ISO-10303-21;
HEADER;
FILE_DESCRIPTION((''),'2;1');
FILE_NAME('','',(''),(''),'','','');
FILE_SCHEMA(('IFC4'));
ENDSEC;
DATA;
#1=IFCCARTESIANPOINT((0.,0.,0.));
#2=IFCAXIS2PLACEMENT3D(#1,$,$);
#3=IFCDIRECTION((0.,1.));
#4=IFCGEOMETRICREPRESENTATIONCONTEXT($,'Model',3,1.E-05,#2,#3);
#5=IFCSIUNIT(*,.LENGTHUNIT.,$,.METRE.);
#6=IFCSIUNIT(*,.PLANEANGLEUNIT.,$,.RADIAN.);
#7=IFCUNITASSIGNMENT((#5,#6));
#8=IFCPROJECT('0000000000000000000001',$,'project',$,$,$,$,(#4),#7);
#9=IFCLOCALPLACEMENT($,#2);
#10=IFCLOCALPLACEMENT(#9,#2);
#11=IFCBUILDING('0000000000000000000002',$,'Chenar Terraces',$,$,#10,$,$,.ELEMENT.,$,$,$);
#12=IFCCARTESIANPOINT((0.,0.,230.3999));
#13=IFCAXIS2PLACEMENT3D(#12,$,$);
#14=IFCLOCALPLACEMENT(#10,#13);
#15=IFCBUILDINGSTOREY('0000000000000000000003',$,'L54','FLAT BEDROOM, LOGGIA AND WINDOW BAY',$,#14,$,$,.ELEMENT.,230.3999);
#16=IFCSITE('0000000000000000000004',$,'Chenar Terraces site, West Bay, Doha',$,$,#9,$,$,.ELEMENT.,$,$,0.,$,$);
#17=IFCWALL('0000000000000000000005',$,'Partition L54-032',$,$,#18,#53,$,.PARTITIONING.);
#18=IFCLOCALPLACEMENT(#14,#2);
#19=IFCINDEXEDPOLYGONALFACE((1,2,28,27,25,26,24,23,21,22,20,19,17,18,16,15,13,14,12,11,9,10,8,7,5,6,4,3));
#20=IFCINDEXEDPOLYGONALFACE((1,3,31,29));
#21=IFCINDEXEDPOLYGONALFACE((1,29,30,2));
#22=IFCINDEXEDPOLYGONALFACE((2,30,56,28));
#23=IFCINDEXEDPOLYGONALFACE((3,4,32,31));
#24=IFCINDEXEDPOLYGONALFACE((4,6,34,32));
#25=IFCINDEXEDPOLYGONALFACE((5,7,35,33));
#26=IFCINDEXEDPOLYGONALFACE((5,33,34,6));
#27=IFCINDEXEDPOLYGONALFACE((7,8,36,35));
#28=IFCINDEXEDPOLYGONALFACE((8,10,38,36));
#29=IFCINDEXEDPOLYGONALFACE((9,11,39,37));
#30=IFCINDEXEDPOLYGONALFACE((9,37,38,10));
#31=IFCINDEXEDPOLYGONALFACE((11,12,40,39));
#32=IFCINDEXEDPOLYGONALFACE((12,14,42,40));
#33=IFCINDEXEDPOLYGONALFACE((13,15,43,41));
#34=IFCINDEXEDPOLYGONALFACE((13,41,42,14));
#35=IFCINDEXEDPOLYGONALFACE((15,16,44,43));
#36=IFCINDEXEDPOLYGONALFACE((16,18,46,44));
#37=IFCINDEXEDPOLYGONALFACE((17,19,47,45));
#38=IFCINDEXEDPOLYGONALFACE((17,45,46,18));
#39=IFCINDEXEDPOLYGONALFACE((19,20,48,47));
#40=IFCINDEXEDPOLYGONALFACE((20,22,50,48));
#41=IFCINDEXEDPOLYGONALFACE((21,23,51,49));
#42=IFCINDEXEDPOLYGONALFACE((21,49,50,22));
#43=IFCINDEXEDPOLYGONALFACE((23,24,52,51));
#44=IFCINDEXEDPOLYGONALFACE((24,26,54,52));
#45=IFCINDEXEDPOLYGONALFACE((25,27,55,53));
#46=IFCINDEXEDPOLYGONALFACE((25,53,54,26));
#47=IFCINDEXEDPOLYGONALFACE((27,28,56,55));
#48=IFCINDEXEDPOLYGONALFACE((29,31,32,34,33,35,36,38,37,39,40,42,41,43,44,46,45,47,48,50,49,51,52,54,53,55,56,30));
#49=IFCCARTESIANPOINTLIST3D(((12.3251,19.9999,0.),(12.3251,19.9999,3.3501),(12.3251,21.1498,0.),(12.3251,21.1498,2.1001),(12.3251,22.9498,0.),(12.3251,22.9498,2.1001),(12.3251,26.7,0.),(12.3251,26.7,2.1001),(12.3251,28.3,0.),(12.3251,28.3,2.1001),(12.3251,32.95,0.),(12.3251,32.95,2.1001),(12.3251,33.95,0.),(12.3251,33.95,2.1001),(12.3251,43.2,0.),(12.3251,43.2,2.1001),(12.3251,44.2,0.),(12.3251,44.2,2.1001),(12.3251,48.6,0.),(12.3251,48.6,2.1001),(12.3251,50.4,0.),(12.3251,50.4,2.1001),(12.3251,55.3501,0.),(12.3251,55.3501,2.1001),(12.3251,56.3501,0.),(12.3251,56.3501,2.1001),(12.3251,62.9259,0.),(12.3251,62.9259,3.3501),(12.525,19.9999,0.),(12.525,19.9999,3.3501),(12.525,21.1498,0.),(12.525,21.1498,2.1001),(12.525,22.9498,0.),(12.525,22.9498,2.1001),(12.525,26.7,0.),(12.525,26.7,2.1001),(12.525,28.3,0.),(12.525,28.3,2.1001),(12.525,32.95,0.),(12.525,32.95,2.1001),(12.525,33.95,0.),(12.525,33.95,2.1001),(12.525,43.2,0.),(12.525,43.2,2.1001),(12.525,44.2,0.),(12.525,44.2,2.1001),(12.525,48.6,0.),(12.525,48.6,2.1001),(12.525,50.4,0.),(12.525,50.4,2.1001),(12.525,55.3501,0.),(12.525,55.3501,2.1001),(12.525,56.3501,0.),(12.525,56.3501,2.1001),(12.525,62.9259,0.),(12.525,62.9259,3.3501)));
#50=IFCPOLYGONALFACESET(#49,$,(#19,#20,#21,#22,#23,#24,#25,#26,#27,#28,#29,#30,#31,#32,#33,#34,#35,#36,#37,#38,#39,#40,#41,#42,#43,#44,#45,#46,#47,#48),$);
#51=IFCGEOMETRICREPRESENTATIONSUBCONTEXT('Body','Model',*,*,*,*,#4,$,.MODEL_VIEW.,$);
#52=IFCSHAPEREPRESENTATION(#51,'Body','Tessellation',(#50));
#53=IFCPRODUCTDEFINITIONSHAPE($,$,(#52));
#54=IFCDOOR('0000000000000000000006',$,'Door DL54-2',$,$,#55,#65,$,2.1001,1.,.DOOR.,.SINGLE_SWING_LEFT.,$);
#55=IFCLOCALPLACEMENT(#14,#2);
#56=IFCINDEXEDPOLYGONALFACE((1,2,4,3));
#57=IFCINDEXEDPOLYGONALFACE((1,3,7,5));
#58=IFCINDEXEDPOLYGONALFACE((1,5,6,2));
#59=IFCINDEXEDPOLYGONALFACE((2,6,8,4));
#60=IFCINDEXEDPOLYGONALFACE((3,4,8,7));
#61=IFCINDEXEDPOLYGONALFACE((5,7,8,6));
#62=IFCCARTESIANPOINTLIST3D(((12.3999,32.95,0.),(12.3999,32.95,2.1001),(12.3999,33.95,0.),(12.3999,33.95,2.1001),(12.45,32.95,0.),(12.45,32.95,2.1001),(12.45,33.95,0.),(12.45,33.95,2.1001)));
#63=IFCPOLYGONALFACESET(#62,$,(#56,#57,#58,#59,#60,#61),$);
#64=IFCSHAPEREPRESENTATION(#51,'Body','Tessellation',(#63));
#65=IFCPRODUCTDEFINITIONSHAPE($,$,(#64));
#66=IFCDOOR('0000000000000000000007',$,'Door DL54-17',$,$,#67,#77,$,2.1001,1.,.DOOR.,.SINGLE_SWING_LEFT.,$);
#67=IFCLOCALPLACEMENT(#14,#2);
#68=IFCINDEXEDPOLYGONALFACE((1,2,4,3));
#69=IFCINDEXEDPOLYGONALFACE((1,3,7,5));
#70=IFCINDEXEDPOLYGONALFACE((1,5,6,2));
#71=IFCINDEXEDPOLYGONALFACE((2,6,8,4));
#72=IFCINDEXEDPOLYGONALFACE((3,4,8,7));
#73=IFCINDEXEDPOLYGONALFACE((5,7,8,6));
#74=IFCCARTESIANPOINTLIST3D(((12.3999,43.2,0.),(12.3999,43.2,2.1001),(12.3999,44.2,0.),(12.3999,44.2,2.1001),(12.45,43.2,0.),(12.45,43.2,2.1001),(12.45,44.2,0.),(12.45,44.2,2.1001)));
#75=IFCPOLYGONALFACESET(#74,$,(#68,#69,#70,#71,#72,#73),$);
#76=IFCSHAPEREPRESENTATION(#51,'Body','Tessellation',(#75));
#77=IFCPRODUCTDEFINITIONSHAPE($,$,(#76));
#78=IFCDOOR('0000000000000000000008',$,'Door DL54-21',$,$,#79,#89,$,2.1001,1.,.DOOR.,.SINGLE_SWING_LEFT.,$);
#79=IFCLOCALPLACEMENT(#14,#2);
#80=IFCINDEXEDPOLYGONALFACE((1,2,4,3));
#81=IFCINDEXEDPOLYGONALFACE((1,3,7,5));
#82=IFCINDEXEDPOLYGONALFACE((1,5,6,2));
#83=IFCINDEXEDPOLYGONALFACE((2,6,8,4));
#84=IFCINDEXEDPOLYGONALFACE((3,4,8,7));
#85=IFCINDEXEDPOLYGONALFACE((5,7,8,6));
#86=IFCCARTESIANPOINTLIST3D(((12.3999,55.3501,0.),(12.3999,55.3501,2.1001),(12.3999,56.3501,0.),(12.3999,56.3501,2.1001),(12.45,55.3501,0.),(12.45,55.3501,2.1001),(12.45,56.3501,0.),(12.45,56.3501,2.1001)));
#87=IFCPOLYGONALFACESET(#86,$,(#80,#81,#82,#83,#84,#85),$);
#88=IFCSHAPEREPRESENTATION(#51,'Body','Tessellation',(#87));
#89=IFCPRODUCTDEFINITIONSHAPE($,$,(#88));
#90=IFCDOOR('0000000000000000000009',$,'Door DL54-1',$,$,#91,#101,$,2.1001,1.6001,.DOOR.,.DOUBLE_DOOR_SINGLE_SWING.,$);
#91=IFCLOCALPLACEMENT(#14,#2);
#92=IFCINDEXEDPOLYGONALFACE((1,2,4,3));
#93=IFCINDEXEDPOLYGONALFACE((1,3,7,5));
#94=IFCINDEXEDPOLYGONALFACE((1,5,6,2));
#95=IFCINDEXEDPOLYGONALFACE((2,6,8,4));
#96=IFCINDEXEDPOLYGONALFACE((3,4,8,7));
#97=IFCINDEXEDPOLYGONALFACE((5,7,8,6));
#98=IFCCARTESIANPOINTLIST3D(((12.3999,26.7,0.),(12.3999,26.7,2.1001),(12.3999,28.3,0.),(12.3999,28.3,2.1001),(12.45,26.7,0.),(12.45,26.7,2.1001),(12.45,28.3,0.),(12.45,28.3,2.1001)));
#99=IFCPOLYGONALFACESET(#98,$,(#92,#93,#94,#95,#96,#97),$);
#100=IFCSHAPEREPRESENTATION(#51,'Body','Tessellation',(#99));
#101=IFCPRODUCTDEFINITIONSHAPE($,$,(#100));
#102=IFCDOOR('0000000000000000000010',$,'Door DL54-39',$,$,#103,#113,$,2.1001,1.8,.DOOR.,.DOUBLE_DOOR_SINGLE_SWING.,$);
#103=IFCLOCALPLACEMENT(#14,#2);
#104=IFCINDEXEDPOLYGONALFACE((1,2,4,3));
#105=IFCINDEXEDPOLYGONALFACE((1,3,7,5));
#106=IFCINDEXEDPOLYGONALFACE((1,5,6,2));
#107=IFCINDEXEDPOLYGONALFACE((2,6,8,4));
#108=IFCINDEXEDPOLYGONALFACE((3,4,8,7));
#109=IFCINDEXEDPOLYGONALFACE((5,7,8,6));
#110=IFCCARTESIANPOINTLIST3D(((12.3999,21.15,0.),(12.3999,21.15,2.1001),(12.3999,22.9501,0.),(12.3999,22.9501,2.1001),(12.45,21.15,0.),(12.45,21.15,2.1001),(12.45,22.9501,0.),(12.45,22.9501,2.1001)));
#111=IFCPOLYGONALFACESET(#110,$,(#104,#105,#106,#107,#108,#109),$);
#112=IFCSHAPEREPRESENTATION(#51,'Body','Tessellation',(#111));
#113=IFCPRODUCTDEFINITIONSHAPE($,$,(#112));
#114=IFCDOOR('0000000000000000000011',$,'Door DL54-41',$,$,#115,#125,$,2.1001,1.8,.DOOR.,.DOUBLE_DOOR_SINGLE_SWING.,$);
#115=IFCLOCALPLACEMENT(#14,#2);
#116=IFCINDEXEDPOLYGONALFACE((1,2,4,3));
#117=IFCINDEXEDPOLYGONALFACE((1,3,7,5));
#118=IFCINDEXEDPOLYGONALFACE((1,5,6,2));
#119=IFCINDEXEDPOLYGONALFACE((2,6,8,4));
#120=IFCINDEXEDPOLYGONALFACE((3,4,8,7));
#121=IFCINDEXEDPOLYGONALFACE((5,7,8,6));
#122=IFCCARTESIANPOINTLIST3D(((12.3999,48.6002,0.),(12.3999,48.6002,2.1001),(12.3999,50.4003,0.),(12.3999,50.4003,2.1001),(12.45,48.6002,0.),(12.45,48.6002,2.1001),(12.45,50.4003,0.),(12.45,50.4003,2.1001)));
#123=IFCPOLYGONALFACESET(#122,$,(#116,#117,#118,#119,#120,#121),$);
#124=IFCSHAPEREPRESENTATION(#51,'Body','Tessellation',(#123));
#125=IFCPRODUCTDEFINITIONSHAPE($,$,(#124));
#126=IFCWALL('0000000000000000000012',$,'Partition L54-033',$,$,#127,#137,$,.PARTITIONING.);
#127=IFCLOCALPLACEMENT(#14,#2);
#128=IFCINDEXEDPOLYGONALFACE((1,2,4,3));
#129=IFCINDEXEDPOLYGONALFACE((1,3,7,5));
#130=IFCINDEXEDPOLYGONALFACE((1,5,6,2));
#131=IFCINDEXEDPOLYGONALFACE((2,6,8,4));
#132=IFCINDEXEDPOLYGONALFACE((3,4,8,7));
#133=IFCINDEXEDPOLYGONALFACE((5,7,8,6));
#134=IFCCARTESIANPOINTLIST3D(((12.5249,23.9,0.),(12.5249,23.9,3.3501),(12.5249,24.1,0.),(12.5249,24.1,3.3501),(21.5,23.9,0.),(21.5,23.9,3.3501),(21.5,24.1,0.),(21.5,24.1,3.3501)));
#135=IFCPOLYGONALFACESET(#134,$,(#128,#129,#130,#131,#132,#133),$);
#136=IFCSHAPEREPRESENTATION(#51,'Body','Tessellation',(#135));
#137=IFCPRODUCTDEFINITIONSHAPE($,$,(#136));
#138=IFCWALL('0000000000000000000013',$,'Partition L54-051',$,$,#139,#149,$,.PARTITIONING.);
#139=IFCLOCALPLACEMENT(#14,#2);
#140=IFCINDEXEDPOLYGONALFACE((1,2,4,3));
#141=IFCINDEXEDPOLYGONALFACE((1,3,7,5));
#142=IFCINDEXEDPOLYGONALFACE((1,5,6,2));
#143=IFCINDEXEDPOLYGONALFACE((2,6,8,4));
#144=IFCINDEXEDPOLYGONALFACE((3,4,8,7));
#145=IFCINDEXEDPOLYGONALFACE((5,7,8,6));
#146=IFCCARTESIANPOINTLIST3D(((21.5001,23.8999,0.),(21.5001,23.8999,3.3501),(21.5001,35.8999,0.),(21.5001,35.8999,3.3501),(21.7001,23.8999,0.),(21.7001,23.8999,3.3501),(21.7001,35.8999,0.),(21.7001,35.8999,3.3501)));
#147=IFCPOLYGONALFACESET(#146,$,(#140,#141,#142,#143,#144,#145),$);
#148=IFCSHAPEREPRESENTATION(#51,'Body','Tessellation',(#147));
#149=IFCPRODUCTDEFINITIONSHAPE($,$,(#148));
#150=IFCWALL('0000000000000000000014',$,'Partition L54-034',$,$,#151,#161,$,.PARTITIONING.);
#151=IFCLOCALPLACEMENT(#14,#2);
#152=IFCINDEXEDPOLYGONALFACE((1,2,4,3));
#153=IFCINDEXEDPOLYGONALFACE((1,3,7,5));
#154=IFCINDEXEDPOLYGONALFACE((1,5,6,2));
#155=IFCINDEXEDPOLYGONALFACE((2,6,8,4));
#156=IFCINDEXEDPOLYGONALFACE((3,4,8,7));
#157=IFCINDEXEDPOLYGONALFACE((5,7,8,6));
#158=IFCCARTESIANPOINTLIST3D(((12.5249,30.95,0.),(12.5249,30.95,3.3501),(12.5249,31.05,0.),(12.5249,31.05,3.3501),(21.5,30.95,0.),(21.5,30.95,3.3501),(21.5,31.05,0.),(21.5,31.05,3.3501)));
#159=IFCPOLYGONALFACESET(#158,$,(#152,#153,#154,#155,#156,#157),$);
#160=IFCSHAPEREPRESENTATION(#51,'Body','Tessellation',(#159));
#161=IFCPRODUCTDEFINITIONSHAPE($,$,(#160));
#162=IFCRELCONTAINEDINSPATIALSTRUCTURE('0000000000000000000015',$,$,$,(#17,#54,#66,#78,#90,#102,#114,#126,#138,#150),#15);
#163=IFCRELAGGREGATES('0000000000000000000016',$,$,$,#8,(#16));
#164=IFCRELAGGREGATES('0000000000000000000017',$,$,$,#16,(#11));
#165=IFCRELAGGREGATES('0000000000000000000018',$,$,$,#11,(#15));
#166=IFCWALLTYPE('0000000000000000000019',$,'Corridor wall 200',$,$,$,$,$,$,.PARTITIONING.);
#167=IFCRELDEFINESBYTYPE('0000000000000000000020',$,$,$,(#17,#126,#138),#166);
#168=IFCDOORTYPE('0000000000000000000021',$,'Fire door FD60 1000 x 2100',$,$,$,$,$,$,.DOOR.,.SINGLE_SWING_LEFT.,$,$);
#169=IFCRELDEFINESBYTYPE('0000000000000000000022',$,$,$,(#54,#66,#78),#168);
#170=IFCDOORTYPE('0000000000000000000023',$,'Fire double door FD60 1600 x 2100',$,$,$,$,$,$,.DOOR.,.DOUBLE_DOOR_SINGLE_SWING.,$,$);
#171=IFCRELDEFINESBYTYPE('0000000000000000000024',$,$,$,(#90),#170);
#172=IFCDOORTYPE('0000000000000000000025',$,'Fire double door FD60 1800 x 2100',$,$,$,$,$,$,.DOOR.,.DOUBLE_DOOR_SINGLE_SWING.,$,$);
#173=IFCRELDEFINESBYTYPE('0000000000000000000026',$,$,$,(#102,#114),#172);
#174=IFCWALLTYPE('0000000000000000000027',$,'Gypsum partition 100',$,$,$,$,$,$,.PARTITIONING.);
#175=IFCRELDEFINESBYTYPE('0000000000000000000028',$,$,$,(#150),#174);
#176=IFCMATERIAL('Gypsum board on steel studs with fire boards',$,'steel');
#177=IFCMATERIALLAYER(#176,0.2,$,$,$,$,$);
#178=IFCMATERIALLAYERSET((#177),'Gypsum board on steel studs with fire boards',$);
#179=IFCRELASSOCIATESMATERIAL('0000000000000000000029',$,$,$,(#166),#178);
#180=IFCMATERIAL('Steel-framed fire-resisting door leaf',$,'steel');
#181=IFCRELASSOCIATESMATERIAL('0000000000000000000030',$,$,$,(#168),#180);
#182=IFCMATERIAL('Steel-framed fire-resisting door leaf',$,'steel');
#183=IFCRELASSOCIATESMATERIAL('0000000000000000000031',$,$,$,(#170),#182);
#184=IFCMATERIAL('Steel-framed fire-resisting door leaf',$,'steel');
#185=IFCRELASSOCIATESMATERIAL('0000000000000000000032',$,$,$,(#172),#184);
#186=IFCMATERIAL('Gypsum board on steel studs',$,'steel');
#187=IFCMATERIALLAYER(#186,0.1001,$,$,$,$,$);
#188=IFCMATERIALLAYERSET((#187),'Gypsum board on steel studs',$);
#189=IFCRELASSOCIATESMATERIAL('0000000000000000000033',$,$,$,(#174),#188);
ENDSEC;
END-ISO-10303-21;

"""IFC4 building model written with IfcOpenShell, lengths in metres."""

from ifc_helpers import new_model, si_unit, direction, frame, frame_2d, origin, place, context, subcontext, project, spatial, rectangle, extrude, material, layer, layer_set, type_object, element, fill, save


model = new_model("IFC4")

# Units and contexts
model_context = context("Model", 3, precision=1e-05, world=origin(), true_north=direction((0.0, 1.0)))
body_context = subcontext(model_context, "Body", "Model", "MODEL_VIEW")
ifc_project = project(units=[si_unit("LENGTHUNIT", "METRE"), si_unit("PLANEANGLEUNIT", "RADIAN")], contexts=[model_context])

# Site, building, storey
site_placement = place(None, origin())
site = spatial("IfcSite", under=ifc_project, at=site_placement, Name="Chenar Terraces site, West Bay, Doha", CompositionType="ELEMENT", RefElevation=0.0)
building_placement = place(site_placement, origin())
building = spatial("IfcBuilding", under=site, at=building_placement, Name="Chenar Terraces", CompositionType="ELEMENT")
storey_placement = place(building_placement, frame((0.0, 0.0, 230.3999)))
storey = spatial("IfcBuildingStorey", under=building, at=storey_placement, Name="L54", Description="FLAT BEDROOM, LOGGIA AND WINDOW BAY", CompositionType="ELEMENT", Elevation=230.3999)

# Wall, openings, doors
ifc_material_1 = material(Name="Gypsum board on steel studs with fire boards", Category="steel")
ifc_layer_1 = layer(ifc_material_1, 0.2)
ifc_layer_set_1 = layer_set([ifc_layer_1], Name="Gypsum board on steel studs with fire boards")
wall_type_1 = type_object("IfcWallType", Name="Corridor wall 200", PredefinedType="PARTITIONING", material=ifc_layer_set_1)
wall_1_placement = place(storey_placement, frame((12.425, 20.0, 0.0), z_axis=(0.0, 0.0, 1.0), x_axis=(0.0, 1.0, 0.0)))
wall_1 = element("IfcWall", 1, at=wall_1_placement, inside=storey, type_object=wall_type_1, Name="Partition L54-032", PredefinedType="PARTITIONING", context=body_context, shape_type="SweptSolid", body=[
    extrude(rectangle(XDim=42.926, YDim=0.2, at=frame_2d((21.4629, 0.0))), origin(), (0.0, 0.0, 1.0), 3.3501),
])
opening_1_placement = place(wall_1_placement, frame((6.7, 0.0, 0.0)))
opening_1 = element("IfcOpeningElement", 2, at=opening_1_placement, cuts=wall_1, PredefinedType="OPENING", context=body_context, shape_type="SweptSolid", body=[
    extrude(rectangle(XDim=1.6001, YDim=2.1001, at=frame_2d((0.8, 1.05))), frame((0.0, 0.1099, 0.0), z_axis=(0.0, -1.0, 0.0), x_axis=(1.0, 0.0, 0.0)), (0.0, 0.0, 1.0), 0.22),
])
opening_2_placement = place(wall_1_placement, frame((12.95, 0.0, 0.0)))
opening_2 = element("IfcOpeningElement", 3, at=opening_2_placement, cuts=wall_1, PredefinedType="OPENING", context=body_context, shape_type="SweptSolid", body=[
    extrude(rectangle(XDim=1.0, YDim=2.1001, at=frame_2d((0.5, 1.05))), frame((0.0, 0.1099, 0.0), z_axis=(0.0, -1.0, 0.0), x_axis=(1.0, 0.0, 0.0)), (0.0, 0.0, 1.0), 0.22),
])
opening_3_placement = place(wall_1_placement, frame((23.2, 0.0, 0.0)))
opening_3 = element("IfcOpeningElement", 4, at=opening_3_placement, cuts=wall_1, PredefinedType="OPENING", context=body_context, shape_type="SweptSolid", body=[
    extrude(rectangle(XDim=1.0, YDim=2.1001, at=frame_2d((0.5, 1.05))), frame((0.0, 0.1099, 0.0), z_axis=(0.0, -1.0, 0.0), x_axis=(1.0, 0.0, 0.0)), (0.0, 0.0, 1.0), 0.22),
])
opening_4_placement = place(wall_1_placement, frame((35.3501, 0.0, 0.0)))
opening_4 = element("IfcOpeningElement", 5, at=opening_4_placement, cuts=wall_1, PredefinedType="OPENING", context=body_context, shape_type="SweptSolid", body=[
    extrude(rectangle(XDim=1.0, YDim=2.1001, at=frame_2d((0.5, 1.05))), frame((0.0, 0.1099, 0.0), z_axis=(0.0, -1.0, 0.0), x_axis=(1.0, 0.0, 0.0)), (0.0, 0.0, 1.0), 0.22),
])
opening_5_placement = place(wall_1_placement, frame((1.1499, 0.0, 0.0)))
opening_5 = element("IfcOpeningElement", 6, at=opening_5_placement, cuts=wall_1, PredefinedType="OPENING", context=body_context, shape_type="SweptSolid", body=[
    extrude(rectangle(XDim=1.8, YDim=2.1001, at=frame_2d((0.8999, 1.05))), frame((0.0, 0.1099, 0.0), z_axis=(0.0, -1.0, 0.0), x_axis=(1.0, 0.0, 0.0)), (0.0, 0.0, 1.0), 0.22),
])
opening_6_placement = place(wall_1_placement, frame((28.6001, 0.0, 0.0)))
opening_6 = element("IfcOpeningElement", 7, at=opening_6_placement, cuts=wall_1, PredefinedType="OPENING", context=body_context, shape_type="SweptSolid", body=[
    extrude(rectangle(XDim=1.8, YDim=2.1001, at=frame_2d((0.8999, 1.05))), frame((0.0, 0.1099, 0.0), z_axis=(0.0, -1.0, 0.0), x_axis=(1.0, 0.0, 0.0)), (0.0, 0.0, 1.0), 0.22),
])
ifc_material_2 = material(Name="Steel-framed fire-resisting door leaf", Category="steel")
door_type_1 = type_object("IfcDoorType", Name="Fire door FD60 1000 x 2100", OperationType="SINGLE_SWING_LEFT", PredefinedType="DOOR", material=ifc_material_2)
door_1_placement = place(opening_2_placement, frame((1.0, 0.0, 0.0), z_axis=(0.0, 0.0, 1.0), x_axis=(-1.0, 0.0, 0.0)))
door_1 = element("IfcDoor", 8, at=door_1_placement, inside=storey, type_object=door_type_1, Name="Door DL54-2", OperationType="SINGLE_SWING_LEFT", OverallHeight=2.1001, OverallWidth=1.0, PredefinedType="DOOR", context=body_context, shape_type="SweptSolid", body=[
    extrude(rectangle(XDim=1.0, YDim=2.1001, at=frame_2d((0.5, 1.05))), frame((0.0, 0.0249, 0.0), z_axis=(0.0, -1.0, 0.0), x_axis=(1.0, 0.0, 0.0)), (0.0, 0.0, 1.0), 0.05),
])
fill(opening_2, door_1)
door_2_placement = place(opening_3_placement, frame((1.0, 0.0, 0.0), z_axis=(0.0, 0.0, 1.0), x_axis=(-1.0, 0.0, 0.0)))
door_2 = element("IfcDoor", 9, at=door_2_placement, inside=storey, type_object=door_type_1, Name="Door DL54-17", OperationType="SINGLE_SWING_LEFT", OverallHeight=2.1001, OverallWidth=1.0, PredefinedType="DOOR", context=body_context, shape_type="SweptSolid", body=[
    extrude(rectangle(XDim=1.0, YDim=2.1001, at=frame_2d((0.5, 1.05))), frame((0.0, 0.0249, 0.0), z_axis=(0.0, -1.0, 0.0), x_axis=(1.0, 0.0, 0.0)), (0.0, 0.0, 1.0), 0.05),
])
fill(opening_3, door_2)
door_3_placement = place(opening_4_placement, frame((1.0, 0.0, 0.0), z_axis=(0.0, 0.0, 1.0), x_axis=(-1.0, 0.0, 0.0)))
door_3 = element("IfcDoor", 10, at=door_3_placement, inside=storey, type_object=door_type_1, Name="Door DL54-21", OperationType="SINGLE_SWING_LEFT", OverallHeight=2.1001, OverallWidth=1.0, PredefinedType="DOOR", context=body_context, shape_type="SweptSolid", body=[
    extrude(rectangle(XDim=1.0, YDim=2.1001, at=frame_2d((0.5, 1.05))), frame((0.0, 0.0249, 0.0), z_axis=(0.0, -1.0, 0.0), x_axis=(1.0, 0.0, 0.0)), (0.0, 0.0, 1.0), 0.05),
])
fill(opening_4, door_3)
ifc_material_3 = material(Name="Steel-framed fire-resisting door leaf", Category="steel")
door_type_2 = type_object("IfcDoorType", Name="Fire double door FD60 1600 x 2100", OperationType="DOUBLE_DOOR_SINGLE_SWING", PredefinedType="DOOR", material=ifc_material_3)
door_4_placement = place(opening_1_placement, frame((1.6001, 0.0, 0.0), z_axis=(0.0, 0.0, 1.0), x_axis=(-1.0, 0.0, 0.0)))
door_4 = element("IfcDoor", 11, at=door_4_placement, inside=storey, type_object=door_type_2, Name="Door DL54-1", OperationType="DOUBLE_DOOR_SINGLE_SWING", OverallHeight=2.1001, OverallWidth=1.6001, PredefinedType="DOOR", context=body_context, shape_type="SweptSolid", body=[
    extrude(rectangle(XDim=1.6001, YDim=2.1001, at=frame_2d((0.8, 1.05))), frame((0.0, 0.0249, 0.0), z_axis=(0.0, -1.0, 0.0), x_axis=(1.0, 0.0, 0.0)), (0.0, 0.0, 1.0), 0.05),
])
fill(opening_1, door_4)
ifc_material_4 = material(Name="Steel-framed fire-resisting door leaf", Category="steel")
door_type_3 = type_object("IfcDoorType", Name="Fire double door FD60 1800 x 2100", OperationType="DOUBLE_DOOR_SINGLE_SWING", PredefinedType="DOOR", material=ifc_material_4)
door_5_placement = place(opening_5_placement, frame((1.8, 0.0, 0.0), z_axis=(0.0, 0.0, 1.0), x_axis=(-1.0, 0.0, 0.0)))
door_5 = element("IfcDoor", 12, at=door_5_placement, inside=storey, type_object=door_type_3, Name="Door DL54-39", OperationType="DOUBLE_DOOR_SINGLE_SWING", OverallHeight=2.1001, OverallWidth=1.8, PredefinedType="DOOR", context=body_context, shape_type="SweptSolid", body=[
    extrude(rectangle(XDim=1.8, YDim=2.1001, at=frame_2d((0.8999, 1.05))), frame((0.0, 0.0249, 0.0), z_axis=(0.0, -1.0, 0.0), x_axis=(1.0, 0.0, 0.0)), (0.0, 0.0, 1.0), 0.05),
])
fill(opening_5, door_5)
door_6_placement = place(opening_6_placement, frame((1.8, 0.0, 0.0), z_axis=(0.0, 0.0, 1.0), x_axis=(-1.0, 0.0, 0.0)))
door_6 = element("IfcDoor", 13, at=door_6_placement, inside=storey, type_object=door_type_3, Name="Door DL54-41", OperationType="DOUBLE_DOOR_SINGLE_SWING", OverallHeight=2.1001, OverallWidth=1.8, PredefinedType="DOOR", context=body_context, shape_type="SweptSolid", body=[
    extrude(rectangle(XDim=1.8, YDim=2.1001, at=frame_2d((0.8999, 1.05))), frame((0.0, 0.0249, 0.0), z_axis=(0.0, -1.0, 0.0), x_axis=(1.0, 0.0, 0.0)), (0.0, 0.0, 1.0), 0.05),
])
fill(opening_6, door_6)

# Walls
wall_2_placement = place(storey_placement, frame((12.5249, 24.0, 0.0), z_axis=(0.0, 0.0, 1.0), x_axis=(1.0, 0.0, 0.0)))
element("IfcWall", 14, at=wall_2_placement, inside=storey, type_object=wall_type_1, Name="Partition L54-033", PredefinedType="PARTITIONING", context=body_context, shape_type="SweptSolid", body=[
    extrude(rectangle(XDim=8.9751, YDim=0.2, at=frame_2d((4.4875, 0.0))), origin(), (0.0, 0.0, 1.0), 3.3501),
])
wall_3_placement = place(storey_placement, frame((21.6001, 23.8999, 0.0), z_axis=(0.0, 0.0, 1.0), x_axis=(0.0, 1.0, 0.0)))
element("IfcWall", 15, at=wall_3_placement, inside=storey, type_object=wall_type_1, Name="Partition L54-051", PredefinedType="PARTITIONING", context=body_context, shape_type="SweptSolid", body=[
    extrude(rectangle(XDim=12.0, YDim=0.2, at=frame_2d((6.0, 0.0))), origin(), (0.0, 0.0, 1.0), 3.3501),
])
ifc_material_5 = material(Name="Gypsum board on steel studs", Category="steel")
ifc_layer_2 = layer(ifc_material_5, 0.1001)
ifc_layer_set_2 = layer_set([ifc_layer_2], Name="Gypsum board on steel studs")
wall_type_2 = type_object("IfcWallType", Name="Gypsum partition 100", PredefinedType="PARTITIONING", material=ifc_layer_set_2)
wall_4_placement = place(storey_placement, frame((12.5249, 31.0, 0.0), z_axis=(0.0, 0.0, 1.0), x_axis=(1.0, 0.0, 0.0)))
element("IfcWall", 16, at=wall_4_placement, inside=storey, type_object=wall_type_2, Name="Partition L54-034", PredefinedType="PARTITIONING", context=body_context, shape_type="SweptSolid", body=[
    extrude(rectangle(XDim=8.9751, YDim=0.1001, at=frame_2d((4.4875, 0.0))), origin(), (0.0, 0.0, 1.0), 3.3501),
])

save(model, "model.ifc")
